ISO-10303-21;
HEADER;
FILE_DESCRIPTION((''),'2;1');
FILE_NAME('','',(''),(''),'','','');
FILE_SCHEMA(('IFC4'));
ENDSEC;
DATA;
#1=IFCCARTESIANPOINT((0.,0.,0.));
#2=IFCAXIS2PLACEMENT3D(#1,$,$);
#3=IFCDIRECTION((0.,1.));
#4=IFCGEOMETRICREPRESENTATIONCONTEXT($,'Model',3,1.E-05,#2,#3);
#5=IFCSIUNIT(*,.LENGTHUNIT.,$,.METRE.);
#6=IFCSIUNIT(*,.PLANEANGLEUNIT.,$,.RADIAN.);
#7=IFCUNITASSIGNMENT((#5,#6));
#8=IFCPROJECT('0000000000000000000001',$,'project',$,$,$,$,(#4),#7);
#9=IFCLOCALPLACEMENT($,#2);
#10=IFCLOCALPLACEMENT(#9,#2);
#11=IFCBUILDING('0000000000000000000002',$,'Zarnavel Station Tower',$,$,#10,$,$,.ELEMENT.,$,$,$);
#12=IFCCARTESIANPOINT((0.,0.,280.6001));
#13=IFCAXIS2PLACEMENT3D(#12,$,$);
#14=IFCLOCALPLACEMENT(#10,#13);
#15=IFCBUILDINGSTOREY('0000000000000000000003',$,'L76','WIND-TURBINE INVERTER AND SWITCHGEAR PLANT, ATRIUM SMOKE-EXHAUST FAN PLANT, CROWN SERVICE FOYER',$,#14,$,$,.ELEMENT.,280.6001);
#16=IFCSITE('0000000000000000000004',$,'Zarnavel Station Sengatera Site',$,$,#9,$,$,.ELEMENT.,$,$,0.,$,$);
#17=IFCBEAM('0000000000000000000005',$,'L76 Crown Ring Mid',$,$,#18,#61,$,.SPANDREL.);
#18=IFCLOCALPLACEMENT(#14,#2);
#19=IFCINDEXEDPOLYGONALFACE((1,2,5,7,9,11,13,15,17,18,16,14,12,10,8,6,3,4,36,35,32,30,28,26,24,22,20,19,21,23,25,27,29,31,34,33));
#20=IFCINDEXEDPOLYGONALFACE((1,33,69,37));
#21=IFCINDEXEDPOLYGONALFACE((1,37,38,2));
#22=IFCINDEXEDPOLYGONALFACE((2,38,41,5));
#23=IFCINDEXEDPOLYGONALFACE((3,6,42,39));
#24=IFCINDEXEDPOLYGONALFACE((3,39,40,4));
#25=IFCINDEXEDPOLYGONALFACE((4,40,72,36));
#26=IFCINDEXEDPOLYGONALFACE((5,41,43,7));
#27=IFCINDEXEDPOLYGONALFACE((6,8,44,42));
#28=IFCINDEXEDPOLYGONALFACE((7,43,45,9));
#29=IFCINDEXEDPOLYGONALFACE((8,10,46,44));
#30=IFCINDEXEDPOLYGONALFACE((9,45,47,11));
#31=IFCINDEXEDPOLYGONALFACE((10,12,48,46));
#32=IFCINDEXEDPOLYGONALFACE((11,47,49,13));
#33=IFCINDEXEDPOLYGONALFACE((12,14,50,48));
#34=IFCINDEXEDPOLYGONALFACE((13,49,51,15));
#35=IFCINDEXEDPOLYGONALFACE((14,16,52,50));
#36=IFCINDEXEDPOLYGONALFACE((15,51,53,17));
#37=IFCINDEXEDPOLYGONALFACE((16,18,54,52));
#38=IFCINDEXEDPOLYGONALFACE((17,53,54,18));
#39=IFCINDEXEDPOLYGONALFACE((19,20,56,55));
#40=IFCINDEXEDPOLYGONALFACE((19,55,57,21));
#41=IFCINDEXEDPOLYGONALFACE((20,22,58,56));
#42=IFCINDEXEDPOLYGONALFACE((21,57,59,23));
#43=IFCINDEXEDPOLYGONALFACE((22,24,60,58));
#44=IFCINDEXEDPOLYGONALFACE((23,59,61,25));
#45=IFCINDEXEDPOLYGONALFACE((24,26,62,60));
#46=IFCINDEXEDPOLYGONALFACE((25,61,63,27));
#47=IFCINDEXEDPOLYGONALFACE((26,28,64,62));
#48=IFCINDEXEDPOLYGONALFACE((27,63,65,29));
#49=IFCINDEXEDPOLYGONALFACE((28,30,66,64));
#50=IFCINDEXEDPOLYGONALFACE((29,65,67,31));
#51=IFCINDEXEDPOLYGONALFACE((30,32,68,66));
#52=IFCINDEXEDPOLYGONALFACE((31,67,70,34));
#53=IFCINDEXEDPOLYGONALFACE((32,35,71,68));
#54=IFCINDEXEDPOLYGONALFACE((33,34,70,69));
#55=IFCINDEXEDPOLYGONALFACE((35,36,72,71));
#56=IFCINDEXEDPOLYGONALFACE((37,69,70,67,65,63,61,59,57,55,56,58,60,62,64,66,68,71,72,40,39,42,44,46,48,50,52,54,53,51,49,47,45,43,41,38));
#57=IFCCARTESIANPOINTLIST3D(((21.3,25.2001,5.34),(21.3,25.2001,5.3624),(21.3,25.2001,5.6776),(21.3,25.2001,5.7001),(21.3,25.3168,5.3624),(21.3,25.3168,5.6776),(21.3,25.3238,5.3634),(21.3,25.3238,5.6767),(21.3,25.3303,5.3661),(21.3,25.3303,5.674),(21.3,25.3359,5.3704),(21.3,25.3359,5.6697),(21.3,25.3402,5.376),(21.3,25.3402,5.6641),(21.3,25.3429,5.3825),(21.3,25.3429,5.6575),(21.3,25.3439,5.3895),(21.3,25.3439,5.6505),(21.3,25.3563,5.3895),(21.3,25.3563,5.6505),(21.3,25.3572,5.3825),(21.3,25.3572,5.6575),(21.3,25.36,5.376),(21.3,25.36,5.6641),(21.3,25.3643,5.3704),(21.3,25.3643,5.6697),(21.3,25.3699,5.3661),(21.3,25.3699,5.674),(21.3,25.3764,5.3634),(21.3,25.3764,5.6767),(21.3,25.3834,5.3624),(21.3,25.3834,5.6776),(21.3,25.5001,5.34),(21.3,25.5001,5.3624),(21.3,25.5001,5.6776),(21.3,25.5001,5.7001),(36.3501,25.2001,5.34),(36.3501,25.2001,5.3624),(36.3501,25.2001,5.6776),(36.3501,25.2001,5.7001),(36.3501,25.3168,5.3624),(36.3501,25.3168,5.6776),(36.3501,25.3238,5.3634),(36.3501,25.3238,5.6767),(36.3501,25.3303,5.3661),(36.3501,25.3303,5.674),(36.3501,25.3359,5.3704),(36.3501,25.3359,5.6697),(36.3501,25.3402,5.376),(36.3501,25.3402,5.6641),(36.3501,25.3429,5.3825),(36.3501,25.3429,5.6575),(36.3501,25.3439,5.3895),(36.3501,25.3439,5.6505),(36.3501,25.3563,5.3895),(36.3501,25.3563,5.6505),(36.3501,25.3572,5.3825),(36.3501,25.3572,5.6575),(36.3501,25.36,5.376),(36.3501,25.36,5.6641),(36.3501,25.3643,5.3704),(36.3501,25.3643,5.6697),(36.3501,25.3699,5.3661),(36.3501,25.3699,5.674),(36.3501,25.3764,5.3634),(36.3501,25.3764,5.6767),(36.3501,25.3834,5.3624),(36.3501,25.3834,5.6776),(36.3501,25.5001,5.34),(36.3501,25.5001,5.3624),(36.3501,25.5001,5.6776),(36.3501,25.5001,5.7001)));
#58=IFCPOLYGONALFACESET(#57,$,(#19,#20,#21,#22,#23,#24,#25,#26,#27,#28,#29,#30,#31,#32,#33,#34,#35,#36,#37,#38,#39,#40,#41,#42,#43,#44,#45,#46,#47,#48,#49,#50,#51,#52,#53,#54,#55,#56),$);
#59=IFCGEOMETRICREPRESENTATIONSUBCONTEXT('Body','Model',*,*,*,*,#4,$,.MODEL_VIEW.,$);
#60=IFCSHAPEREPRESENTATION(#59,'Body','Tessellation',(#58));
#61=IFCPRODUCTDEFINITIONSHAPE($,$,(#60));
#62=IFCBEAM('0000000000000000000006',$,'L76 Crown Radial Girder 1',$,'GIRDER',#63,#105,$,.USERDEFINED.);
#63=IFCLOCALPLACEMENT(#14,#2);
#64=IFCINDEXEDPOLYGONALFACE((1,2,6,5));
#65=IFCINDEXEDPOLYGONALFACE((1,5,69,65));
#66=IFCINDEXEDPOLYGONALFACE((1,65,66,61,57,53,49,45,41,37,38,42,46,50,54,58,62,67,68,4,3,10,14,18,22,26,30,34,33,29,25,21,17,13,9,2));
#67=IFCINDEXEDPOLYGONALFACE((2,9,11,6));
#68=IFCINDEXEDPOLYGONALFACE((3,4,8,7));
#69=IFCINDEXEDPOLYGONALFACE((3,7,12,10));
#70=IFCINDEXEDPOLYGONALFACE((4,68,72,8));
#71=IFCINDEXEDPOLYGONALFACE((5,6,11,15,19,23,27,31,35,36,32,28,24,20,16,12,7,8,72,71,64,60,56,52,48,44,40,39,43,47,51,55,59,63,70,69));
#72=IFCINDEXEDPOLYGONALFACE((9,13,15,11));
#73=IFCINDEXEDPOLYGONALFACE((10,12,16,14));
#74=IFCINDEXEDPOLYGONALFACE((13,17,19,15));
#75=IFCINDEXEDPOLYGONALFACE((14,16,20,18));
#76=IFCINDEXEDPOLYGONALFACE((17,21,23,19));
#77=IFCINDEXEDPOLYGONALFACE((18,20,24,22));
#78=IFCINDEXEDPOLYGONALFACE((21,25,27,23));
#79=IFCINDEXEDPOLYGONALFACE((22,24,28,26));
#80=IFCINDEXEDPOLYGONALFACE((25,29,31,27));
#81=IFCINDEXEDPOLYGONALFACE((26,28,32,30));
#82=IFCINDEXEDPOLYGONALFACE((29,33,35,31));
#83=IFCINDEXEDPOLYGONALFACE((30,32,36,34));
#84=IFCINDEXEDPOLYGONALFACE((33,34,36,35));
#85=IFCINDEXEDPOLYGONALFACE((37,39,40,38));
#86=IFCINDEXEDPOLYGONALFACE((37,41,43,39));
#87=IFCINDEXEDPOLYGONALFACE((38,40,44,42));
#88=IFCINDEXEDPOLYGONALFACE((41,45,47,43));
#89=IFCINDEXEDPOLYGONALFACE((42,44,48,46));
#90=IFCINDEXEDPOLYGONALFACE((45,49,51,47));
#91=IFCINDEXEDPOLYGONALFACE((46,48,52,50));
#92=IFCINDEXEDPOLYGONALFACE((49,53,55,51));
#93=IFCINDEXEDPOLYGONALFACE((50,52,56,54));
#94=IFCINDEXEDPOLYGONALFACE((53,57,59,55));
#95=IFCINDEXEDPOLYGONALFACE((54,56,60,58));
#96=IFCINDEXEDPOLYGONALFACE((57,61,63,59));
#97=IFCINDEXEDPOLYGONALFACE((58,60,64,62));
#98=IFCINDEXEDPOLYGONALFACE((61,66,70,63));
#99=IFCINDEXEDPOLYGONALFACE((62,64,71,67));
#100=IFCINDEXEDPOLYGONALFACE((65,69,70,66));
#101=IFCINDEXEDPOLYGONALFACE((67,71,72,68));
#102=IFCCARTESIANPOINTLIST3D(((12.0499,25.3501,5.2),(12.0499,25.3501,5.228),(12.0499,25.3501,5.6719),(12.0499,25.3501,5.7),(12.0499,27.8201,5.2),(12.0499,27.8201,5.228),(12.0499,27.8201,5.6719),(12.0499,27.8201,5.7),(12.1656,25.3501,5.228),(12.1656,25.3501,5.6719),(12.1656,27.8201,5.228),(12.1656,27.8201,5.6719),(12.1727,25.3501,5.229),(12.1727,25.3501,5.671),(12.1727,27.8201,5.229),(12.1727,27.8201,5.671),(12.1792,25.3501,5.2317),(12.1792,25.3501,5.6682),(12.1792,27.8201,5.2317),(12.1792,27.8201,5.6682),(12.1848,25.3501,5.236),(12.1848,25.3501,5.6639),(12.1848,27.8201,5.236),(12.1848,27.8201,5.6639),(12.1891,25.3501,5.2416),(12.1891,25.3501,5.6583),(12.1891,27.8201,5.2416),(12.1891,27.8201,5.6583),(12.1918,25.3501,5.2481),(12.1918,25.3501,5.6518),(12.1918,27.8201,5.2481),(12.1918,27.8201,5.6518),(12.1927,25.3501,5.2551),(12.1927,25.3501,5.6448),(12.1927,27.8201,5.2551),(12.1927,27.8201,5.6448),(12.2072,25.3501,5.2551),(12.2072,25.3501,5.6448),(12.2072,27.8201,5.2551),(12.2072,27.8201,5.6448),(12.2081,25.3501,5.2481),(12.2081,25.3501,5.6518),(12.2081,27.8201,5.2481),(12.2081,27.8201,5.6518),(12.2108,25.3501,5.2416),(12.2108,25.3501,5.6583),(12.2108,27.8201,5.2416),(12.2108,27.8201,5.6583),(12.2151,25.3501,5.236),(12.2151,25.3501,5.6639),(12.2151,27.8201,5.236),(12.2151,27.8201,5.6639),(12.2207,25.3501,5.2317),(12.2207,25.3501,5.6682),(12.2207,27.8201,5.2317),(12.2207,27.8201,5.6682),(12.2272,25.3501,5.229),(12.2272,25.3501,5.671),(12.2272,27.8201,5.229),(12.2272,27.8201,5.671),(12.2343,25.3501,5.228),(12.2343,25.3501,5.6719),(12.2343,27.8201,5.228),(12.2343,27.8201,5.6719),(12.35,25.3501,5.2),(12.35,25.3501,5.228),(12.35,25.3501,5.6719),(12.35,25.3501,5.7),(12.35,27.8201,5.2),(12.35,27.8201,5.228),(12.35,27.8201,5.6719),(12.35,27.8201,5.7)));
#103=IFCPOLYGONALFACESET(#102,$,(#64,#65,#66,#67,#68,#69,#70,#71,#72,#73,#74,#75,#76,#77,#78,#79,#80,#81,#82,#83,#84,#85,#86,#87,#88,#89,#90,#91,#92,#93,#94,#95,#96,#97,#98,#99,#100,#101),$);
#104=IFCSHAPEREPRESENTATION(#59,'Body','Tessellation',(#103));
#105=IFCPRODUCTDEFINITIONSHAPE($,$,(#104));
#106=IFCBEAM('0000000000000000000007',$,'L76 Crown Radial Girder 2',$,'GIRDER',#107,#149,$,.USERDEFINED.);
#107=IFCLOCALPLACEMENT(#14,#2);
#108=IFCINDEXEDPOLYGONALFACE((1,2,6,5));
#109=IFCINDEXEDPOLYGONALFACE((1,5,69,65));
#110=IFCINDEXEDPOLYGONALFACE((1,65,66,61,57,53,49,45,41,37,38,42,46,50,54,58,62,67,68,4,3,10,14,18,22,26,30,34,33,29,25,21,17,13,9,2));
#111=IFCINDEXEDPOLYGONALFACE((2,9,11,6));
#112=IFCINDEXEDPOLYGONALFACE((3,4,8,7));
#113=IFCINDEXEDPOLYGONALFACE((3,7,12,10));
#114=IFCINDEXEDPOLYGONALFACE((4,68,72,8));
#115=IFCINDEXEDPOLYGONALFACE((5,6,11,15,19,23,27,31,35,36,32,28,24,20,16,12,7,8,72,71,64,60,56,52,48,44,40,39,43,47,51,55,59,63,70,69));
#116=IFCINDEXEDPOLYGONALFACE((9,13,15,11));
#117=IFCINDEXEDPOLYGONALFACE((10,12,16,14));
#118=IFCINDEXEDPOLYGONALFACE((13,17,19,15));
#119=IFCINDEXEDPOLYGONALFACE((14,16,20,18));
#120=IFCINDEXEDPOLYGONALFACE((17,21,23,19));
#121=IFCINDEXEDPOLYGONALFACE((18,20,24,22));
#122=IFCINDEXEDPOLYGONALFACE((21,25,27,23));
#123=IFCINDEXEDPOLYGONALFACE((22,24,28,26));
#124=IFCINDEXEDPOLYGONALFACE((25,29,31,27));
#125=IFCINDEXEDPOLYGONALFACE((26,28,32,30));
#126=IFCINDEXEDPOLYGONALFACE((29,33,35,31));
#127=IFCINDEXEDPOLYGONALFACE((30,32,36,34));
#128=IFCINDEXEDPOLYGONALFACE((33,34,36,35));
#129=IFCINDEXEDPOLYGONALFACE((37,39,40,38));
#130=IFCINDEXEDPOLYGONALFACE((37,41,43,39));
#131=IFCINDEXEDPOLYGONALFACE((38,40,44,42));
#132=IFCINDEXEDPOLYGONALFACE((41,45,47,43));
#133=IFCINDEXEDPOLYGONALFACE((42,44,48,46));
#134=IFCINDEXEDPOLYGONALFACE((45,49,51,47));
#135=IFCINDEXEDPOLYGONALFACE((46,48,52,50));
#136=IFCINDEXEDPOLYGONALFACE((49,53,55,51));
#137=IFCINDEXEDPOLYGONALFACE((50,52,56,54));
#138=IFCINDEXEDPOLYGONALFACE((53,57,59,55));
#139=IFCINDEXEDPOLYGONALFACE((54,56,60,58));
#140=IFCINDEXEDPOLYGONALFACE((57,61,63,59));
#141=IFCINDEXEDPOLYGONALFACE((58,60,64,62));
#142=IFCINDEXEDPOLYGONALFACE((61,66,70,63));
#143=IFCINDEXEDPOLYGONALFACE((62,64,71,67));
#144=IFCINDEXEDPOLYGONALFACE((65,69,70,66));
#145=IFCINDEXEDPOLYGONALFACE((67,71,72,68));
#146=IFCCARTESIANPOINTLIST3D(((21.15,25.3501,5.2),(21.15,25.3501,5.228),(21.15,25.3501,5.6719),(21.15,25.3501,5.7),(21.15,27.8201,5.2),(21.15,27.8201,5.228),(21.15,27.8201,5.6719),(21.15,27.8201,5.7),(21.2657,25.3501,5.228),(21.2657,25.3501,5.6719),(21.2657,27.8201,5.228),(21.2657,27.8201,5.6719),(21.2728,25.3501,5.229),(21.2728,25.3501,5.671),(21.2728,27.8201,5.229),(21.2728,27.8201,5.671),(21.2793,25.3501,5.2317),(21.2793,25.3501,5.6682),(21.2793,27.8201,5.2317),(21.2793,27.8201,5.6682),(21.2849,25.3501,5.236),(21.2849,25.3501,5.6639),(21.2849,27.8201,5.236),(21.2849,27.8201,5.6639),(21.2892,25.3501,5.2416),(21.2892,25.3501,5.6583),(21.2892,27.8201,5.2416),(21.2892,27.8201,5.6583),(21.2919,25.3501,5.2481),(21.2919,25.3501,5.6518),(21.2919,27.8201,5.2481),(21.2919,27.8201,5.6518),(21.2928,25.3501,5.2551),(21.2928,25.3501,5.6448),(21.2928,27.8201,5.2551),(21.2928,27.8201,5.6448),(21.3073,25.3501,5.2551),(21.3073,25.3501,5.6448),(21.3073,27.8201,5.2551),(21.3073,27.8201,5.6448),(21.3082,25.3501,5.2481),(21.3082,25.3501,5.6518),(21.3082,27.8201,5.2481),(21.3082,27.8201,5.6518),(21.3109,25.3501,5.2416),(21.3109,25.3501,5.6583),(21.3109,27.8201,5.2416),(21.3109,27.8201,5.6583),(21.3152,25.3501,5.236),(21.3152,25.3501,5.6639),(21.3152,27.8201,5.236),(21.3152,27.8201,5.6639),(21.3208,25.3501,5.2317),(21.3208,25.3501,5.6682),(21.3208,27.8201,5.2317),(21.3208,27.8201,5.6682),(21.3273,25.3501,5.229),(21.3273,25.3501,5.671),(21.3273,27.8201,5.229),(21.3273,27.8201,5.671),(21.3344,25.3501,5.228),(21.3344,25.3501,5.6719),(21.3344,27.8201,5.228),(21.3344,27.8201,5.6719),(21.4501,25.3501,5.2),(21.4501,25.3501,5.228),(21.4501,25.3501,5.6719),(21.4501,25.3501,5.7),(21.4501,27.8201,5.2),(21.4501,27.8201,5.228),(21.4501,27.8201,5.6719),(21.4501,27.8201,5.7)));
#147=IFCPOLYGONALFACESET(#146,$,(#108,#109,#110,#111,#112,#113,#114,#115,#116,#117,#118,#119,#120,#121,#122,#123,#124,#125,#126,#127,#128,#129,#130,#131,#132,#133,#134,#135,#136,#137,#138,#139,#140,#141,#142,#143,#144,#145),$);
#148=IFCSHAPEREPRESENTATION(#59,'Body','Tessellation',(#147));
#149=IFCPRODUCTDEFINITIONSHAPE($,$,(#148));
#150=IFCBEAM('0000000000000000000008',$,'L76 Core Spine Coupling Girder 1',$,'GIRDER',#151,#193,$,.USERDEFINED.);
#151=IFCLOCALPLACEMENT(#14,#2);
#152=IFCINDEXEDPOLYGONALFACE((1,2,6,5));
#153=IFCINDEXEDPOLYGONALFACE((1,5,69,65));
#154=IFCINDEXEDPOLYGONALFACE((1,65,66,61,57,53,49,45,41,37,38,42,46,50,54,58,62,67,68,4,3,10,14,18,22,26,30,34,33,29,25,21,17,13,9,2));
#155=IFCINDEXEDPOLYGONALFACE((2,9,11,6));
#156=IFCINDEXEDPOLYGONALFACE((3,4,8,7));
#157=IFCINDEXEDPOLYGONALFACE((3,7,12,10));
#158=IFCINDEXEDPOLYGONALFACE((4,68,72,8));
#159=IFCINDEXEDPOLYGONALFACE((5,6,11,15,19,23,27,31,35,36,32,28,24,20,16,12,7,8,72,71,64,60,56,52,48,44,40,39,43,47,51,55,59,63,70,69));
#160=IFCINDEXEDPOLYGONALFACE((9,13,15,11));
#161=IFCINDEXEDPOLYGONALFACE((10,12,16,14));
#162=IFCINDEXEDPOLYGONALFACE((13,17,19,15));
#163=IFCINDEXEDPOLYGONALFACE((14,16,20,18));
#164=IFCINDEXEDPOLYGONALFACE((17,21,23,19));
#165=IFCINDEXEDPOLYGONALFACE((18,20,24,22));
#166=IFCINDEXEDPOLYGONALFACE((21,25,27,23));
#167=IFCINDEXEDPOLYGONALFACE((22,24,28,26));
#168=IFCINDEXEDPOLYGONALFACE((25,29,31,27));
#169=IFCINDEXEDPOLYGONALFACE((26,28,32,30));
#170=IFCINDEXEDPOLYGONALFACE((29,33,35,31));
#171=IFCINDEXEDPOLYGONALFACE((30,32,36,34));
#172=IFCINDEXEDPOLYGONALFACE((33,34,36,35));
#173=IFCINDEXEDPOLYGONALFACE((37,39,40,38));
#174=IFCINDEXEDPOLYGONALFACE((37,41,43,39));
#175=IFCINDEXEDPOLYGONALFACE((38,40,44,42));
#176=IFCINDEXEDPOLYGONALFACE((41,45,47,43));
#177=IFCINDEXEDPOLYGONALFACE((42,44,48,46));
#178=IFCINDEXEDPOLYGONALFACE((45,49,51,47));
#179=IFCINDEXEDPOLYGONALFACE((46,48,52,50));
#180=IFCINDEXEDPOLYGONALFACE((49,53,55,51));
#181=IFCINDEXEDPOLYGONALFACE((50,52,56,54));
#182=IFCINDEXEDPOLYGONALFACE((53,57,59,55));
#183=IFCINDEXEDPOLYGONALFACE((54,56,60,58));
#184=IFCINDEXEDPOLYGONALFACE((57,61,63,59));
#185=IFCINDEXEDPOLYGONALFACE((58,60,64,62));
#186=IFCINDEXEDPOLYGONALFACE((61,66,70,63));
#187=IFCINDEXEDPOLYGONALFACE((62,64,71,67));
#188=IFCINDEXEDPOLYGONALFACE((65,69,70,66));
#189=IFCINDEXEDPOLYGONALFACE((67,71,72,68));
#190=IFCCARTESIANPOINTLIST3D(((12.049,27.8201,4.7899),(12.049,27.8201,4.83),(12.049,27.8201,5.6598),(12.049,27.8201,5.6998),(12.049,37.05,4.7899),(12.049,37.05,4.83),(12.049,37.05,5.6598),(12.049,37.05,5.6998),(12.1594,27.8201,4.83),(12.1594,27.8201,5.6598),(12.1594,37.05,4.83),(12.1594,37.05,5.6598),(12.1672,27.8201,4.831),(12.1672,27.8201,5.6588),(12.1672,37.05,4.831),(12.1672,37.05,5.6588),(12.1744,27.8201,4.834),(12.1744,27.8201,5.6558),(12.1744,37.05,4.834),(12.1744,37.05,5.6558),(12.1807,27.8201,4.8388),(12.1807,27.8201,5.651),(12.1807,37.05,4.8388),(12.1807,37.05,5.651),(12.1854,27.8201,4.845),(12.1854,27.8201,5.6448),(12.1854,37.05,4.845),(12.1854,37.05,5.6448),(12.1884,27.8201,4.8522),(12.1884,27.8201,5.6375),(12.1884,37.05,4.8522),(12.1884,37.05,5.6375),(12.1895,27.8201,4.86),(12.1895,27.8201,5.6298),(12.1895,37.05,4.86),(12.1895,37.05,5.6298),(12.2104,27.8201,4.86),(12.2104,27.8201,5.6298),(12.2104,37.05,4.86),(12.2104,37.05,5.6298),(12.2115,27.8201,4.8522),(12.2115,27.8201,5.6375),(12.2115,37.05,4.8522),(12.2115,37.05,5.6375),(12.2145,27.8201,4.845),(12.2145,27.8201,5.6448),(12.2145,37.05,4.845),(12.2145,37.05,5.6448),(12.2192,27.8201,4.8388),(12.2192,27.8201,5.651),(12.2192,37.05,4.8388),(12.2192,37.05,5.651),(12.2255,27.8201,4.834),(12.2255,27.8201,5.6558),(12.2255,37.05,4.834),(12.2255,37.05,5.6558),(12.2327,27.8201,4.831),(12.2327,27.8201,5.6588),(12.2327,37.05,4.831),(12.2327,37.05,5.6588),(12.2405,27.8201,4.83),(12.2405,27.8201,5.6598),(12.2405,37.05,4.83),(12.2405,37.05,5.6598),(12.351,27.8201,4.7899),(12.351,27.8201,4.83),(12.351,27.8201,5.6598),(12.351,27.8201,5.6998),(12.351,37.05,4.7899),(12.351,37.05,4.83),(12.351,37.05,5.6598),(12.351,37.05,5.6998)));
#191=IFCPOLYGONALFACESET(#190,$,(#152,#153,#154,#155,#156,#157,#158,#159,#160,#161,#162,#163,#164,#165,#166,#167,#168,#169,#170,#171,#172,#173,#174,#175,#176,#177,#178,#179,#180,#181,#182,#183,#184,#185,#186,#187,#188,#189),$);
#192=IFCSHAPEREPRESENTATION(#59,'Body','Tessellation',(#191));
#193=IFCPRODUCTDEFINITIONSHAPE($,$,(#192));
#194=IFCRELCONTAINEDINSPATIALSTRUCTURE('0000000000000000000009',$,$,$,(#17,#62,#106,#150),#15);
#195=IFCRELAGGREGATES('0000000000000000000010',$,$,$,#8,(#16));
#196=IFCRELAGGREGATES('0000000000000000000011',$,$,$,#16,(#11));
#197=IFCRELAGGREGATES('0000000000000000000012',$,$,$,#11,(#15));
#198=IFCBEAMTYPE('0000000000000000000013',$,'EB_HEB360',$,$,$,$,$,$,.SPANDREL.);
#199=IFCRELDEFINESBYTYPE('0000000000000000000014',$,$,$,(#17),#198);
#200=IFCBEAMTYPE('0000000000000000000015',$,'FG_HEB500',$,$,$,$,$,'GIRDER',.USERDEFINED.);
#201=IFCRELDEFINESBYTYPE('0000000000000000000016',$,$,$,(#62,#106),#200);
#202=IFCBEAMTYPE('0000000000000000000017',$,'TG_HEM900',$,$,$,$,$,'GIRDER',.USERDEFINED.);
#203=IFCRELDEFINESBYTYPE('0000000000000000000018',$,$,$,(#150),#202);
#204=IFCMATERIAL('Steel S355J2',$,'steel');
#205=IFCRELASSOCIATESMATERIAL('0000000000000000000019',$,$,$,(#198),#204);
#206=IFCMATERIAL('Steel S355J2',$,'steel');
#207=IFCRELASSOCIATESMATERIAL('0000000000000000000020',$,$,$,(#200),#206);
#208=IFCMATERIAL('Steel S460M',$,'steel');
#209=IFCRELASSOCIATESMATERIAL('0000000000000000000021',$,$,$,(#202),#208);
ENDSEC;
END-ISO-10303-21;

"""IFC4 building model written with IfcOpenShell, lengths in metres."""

from ifc_helpers import new_model, si_unit, direction, frame, origin, origin_2d, place, context, subcontext, project, spatial, i_section, extrude, material, material_profile, profile_set, type_object, element, save


model = new_model("IFC4")

# Units and contexts
model_context = context("Model", 3, precision=1e-05, world=origin(), true_north=direction((0.0, 1.0)))
body_context = subcontext(model_context, "Body", "Model", "MODEL_VIEW")
ifc_project = project(units=[si_unit("LENGTHUNIT", "METRE"), si_unit("PLANEANGLEUNIT", "RADIAN")], contexts=[model_context])

# Site, building, storey
site_placement = place(None, origin())
site = spatial("IfcSite", under=ifc_project, at=site_placement, Name="Zarnavel Station Sengatera Site", CompositionType="ELEMENT", RefElevation=0.0)
building_placement = place(site_placement, origin())
building = spatial("IfcBuilding", under=site, at=building_placement, Name="Zarnavel Station Tower", CompositionType="ELEMENT")
storey_placement = place(building_placement, frame((0.0, 0.0, 280.6001)))
storey = spatial("IfcBuildingStorey", under=building, at=storey_placement, Name="L76", Description="WIND-TURBINE INVERTER AND SWITCHGEAR PLANT, ATRIUM SMOKE-EXHAUST FAN PLANT, CROWN SERVICE FOYER", CompositionType="ELEMENT", Elevation=280.6001)

# Beams
ifc_material_1 = material(Name="Steel S355J2", Category="steel")
ifc_material_profile_1 = material_profile(ifc_material_1, i_section(OverallWidth=0.3, OverallDepth=0.3601, WebThickness=0.0125, FlangeThickness=0.0225, FilletRadius=0.0271, at=origin_2d()), Name="HEB360")
ifc_profile_set_1 = profile_set([ifc_material_profile_1], Name="Steel S355J2")
beam_type_1 = type_object("IfcBeamType", Name="EB_HEB360", PredefinedType="SPANDREL", material=ifc_profile_set_1)
beam_1_placement = place(storey_placement, frame((21.3, 25.3501, 5.52), z_axis=(1.0, 0.0, 0.0), x_axis=(0.0, 1.0, 0.0)))
element("IfcBeam", 1, at=beam_1_placement, inside=storey, type_object=beam_type_1, Name="L76 Crown Ring Mid", PredefinedType="SPANDREL", context=body_context, shape_type="SweptSolid", body=[
    extrude(i_section(OverallWidth=0.3, OverallDepth=0.3601, WebThickness=0.0125, FlangeThickness=0.0225, FilletRadius=0.0271, at=origin_2d()), origin(), (0.0, 0.0, 1.0), 15.05),
])
ifc_material_2 = material(Name="Steel S355J2", Category="steel")
ifc_material_profile_2 = material_profile(ifc_material_2, i_section(OverallWidth=0.3, OverallDepth=0.5, WebThickness=0.0144, FlangeThickness=0.0281, FilletRadius=0.0271, at=origin_2d()), Name="HEB500")
ifc_profile_set_2 = profile_set([ifc_material_profile_2], Name="Steel S355J2")
beam_type_2 = type_object("IfcBeamType", Name="FG_HEB500", ElementType="GIRDER", PredefinedType="USERDEFINED", material=ifc_profile_set_2)
for number, where, z_axis, x_axis, name in (
    (2, (12.2, 25.3501, 5.45), (0.0, 1.0, 0.0), (-1.0, 0.0, 0.0), "L76 Crown Radial Girder 1"),
    (3, (21.3, 25.3501, 5.45), (0.0, 1.0, 0.0), (-1.0, 0.0, 0.0), "L76 Crown Radial Girder 2"),
):
    element("IfcBeam", number, at=place(storey_placement, frame(where, z_axis=z_axis, x_axis=x_axis)), inside=storey, type_object=beam_type_2, Name=name, ObjectType="GIRDER", PredefinedType="USERDEFINED", context=body_context, shape_type="SweptSolid", body=[
        extrude(i_section(OverallWidth=0.3, OverallDepth=0.5, WebThickness=0.0144, FlangeThickness=0.0281, FilletRadius=0.0271, at=origin_2d()), origin(), (0.0, 0.0, 1.0), 2.47),
    ])
ifc_material_3 = material(Name="Steel S460M", Category="steel")
ifc_material_profile_3 = material_profile(ifc_material_3, i_section(OverallWidth=0.302, OverallDepth=0.9099, WebThickness=0.021, FlangeThickness=0.04, FilletRadius=0.03, at=origin_2d()), Name="HEM900")
ifc_profile_set_3 = profile_set([ifc_material_profile_3], Name="Steel S460M")
beam_type_3 = type_object("IfcBeamType", Name="TG_HEM900", ElementType="GIRDER", PredefinedType="USERDEFINED", material=ifc_profile_set_3)
for number, where, z_axis, x_axis, name in (
    (4, (12.2, 27.8201, 5.2449), (0.0, 1.0, 0.0), (-1.0, 0.0, 0.0), "L76 Core Spine Coupling Girder 1"),
):
    element("IfcBeam", number, at=place(storey_placement, frame(where, z_axis=z_axis, x_axis=x_axis)), inside=storey, type_object=beam_type_3, Name=name, ObjectType="GIRDER", PredefinedType="USERDEFINED", context=body_context, shape_type="SweptSolid", body=[
        extrude(i_section(OverallWidth=0.302, OverallDepth=0.9099, WebThickness=0.021, FlangeThickness=0.04, FilletRadius=0.03, at=origin_2d()), origin(), (0.0, 0.0, 1.0), 9.23),
    ])

save(model, "model.ifc")
